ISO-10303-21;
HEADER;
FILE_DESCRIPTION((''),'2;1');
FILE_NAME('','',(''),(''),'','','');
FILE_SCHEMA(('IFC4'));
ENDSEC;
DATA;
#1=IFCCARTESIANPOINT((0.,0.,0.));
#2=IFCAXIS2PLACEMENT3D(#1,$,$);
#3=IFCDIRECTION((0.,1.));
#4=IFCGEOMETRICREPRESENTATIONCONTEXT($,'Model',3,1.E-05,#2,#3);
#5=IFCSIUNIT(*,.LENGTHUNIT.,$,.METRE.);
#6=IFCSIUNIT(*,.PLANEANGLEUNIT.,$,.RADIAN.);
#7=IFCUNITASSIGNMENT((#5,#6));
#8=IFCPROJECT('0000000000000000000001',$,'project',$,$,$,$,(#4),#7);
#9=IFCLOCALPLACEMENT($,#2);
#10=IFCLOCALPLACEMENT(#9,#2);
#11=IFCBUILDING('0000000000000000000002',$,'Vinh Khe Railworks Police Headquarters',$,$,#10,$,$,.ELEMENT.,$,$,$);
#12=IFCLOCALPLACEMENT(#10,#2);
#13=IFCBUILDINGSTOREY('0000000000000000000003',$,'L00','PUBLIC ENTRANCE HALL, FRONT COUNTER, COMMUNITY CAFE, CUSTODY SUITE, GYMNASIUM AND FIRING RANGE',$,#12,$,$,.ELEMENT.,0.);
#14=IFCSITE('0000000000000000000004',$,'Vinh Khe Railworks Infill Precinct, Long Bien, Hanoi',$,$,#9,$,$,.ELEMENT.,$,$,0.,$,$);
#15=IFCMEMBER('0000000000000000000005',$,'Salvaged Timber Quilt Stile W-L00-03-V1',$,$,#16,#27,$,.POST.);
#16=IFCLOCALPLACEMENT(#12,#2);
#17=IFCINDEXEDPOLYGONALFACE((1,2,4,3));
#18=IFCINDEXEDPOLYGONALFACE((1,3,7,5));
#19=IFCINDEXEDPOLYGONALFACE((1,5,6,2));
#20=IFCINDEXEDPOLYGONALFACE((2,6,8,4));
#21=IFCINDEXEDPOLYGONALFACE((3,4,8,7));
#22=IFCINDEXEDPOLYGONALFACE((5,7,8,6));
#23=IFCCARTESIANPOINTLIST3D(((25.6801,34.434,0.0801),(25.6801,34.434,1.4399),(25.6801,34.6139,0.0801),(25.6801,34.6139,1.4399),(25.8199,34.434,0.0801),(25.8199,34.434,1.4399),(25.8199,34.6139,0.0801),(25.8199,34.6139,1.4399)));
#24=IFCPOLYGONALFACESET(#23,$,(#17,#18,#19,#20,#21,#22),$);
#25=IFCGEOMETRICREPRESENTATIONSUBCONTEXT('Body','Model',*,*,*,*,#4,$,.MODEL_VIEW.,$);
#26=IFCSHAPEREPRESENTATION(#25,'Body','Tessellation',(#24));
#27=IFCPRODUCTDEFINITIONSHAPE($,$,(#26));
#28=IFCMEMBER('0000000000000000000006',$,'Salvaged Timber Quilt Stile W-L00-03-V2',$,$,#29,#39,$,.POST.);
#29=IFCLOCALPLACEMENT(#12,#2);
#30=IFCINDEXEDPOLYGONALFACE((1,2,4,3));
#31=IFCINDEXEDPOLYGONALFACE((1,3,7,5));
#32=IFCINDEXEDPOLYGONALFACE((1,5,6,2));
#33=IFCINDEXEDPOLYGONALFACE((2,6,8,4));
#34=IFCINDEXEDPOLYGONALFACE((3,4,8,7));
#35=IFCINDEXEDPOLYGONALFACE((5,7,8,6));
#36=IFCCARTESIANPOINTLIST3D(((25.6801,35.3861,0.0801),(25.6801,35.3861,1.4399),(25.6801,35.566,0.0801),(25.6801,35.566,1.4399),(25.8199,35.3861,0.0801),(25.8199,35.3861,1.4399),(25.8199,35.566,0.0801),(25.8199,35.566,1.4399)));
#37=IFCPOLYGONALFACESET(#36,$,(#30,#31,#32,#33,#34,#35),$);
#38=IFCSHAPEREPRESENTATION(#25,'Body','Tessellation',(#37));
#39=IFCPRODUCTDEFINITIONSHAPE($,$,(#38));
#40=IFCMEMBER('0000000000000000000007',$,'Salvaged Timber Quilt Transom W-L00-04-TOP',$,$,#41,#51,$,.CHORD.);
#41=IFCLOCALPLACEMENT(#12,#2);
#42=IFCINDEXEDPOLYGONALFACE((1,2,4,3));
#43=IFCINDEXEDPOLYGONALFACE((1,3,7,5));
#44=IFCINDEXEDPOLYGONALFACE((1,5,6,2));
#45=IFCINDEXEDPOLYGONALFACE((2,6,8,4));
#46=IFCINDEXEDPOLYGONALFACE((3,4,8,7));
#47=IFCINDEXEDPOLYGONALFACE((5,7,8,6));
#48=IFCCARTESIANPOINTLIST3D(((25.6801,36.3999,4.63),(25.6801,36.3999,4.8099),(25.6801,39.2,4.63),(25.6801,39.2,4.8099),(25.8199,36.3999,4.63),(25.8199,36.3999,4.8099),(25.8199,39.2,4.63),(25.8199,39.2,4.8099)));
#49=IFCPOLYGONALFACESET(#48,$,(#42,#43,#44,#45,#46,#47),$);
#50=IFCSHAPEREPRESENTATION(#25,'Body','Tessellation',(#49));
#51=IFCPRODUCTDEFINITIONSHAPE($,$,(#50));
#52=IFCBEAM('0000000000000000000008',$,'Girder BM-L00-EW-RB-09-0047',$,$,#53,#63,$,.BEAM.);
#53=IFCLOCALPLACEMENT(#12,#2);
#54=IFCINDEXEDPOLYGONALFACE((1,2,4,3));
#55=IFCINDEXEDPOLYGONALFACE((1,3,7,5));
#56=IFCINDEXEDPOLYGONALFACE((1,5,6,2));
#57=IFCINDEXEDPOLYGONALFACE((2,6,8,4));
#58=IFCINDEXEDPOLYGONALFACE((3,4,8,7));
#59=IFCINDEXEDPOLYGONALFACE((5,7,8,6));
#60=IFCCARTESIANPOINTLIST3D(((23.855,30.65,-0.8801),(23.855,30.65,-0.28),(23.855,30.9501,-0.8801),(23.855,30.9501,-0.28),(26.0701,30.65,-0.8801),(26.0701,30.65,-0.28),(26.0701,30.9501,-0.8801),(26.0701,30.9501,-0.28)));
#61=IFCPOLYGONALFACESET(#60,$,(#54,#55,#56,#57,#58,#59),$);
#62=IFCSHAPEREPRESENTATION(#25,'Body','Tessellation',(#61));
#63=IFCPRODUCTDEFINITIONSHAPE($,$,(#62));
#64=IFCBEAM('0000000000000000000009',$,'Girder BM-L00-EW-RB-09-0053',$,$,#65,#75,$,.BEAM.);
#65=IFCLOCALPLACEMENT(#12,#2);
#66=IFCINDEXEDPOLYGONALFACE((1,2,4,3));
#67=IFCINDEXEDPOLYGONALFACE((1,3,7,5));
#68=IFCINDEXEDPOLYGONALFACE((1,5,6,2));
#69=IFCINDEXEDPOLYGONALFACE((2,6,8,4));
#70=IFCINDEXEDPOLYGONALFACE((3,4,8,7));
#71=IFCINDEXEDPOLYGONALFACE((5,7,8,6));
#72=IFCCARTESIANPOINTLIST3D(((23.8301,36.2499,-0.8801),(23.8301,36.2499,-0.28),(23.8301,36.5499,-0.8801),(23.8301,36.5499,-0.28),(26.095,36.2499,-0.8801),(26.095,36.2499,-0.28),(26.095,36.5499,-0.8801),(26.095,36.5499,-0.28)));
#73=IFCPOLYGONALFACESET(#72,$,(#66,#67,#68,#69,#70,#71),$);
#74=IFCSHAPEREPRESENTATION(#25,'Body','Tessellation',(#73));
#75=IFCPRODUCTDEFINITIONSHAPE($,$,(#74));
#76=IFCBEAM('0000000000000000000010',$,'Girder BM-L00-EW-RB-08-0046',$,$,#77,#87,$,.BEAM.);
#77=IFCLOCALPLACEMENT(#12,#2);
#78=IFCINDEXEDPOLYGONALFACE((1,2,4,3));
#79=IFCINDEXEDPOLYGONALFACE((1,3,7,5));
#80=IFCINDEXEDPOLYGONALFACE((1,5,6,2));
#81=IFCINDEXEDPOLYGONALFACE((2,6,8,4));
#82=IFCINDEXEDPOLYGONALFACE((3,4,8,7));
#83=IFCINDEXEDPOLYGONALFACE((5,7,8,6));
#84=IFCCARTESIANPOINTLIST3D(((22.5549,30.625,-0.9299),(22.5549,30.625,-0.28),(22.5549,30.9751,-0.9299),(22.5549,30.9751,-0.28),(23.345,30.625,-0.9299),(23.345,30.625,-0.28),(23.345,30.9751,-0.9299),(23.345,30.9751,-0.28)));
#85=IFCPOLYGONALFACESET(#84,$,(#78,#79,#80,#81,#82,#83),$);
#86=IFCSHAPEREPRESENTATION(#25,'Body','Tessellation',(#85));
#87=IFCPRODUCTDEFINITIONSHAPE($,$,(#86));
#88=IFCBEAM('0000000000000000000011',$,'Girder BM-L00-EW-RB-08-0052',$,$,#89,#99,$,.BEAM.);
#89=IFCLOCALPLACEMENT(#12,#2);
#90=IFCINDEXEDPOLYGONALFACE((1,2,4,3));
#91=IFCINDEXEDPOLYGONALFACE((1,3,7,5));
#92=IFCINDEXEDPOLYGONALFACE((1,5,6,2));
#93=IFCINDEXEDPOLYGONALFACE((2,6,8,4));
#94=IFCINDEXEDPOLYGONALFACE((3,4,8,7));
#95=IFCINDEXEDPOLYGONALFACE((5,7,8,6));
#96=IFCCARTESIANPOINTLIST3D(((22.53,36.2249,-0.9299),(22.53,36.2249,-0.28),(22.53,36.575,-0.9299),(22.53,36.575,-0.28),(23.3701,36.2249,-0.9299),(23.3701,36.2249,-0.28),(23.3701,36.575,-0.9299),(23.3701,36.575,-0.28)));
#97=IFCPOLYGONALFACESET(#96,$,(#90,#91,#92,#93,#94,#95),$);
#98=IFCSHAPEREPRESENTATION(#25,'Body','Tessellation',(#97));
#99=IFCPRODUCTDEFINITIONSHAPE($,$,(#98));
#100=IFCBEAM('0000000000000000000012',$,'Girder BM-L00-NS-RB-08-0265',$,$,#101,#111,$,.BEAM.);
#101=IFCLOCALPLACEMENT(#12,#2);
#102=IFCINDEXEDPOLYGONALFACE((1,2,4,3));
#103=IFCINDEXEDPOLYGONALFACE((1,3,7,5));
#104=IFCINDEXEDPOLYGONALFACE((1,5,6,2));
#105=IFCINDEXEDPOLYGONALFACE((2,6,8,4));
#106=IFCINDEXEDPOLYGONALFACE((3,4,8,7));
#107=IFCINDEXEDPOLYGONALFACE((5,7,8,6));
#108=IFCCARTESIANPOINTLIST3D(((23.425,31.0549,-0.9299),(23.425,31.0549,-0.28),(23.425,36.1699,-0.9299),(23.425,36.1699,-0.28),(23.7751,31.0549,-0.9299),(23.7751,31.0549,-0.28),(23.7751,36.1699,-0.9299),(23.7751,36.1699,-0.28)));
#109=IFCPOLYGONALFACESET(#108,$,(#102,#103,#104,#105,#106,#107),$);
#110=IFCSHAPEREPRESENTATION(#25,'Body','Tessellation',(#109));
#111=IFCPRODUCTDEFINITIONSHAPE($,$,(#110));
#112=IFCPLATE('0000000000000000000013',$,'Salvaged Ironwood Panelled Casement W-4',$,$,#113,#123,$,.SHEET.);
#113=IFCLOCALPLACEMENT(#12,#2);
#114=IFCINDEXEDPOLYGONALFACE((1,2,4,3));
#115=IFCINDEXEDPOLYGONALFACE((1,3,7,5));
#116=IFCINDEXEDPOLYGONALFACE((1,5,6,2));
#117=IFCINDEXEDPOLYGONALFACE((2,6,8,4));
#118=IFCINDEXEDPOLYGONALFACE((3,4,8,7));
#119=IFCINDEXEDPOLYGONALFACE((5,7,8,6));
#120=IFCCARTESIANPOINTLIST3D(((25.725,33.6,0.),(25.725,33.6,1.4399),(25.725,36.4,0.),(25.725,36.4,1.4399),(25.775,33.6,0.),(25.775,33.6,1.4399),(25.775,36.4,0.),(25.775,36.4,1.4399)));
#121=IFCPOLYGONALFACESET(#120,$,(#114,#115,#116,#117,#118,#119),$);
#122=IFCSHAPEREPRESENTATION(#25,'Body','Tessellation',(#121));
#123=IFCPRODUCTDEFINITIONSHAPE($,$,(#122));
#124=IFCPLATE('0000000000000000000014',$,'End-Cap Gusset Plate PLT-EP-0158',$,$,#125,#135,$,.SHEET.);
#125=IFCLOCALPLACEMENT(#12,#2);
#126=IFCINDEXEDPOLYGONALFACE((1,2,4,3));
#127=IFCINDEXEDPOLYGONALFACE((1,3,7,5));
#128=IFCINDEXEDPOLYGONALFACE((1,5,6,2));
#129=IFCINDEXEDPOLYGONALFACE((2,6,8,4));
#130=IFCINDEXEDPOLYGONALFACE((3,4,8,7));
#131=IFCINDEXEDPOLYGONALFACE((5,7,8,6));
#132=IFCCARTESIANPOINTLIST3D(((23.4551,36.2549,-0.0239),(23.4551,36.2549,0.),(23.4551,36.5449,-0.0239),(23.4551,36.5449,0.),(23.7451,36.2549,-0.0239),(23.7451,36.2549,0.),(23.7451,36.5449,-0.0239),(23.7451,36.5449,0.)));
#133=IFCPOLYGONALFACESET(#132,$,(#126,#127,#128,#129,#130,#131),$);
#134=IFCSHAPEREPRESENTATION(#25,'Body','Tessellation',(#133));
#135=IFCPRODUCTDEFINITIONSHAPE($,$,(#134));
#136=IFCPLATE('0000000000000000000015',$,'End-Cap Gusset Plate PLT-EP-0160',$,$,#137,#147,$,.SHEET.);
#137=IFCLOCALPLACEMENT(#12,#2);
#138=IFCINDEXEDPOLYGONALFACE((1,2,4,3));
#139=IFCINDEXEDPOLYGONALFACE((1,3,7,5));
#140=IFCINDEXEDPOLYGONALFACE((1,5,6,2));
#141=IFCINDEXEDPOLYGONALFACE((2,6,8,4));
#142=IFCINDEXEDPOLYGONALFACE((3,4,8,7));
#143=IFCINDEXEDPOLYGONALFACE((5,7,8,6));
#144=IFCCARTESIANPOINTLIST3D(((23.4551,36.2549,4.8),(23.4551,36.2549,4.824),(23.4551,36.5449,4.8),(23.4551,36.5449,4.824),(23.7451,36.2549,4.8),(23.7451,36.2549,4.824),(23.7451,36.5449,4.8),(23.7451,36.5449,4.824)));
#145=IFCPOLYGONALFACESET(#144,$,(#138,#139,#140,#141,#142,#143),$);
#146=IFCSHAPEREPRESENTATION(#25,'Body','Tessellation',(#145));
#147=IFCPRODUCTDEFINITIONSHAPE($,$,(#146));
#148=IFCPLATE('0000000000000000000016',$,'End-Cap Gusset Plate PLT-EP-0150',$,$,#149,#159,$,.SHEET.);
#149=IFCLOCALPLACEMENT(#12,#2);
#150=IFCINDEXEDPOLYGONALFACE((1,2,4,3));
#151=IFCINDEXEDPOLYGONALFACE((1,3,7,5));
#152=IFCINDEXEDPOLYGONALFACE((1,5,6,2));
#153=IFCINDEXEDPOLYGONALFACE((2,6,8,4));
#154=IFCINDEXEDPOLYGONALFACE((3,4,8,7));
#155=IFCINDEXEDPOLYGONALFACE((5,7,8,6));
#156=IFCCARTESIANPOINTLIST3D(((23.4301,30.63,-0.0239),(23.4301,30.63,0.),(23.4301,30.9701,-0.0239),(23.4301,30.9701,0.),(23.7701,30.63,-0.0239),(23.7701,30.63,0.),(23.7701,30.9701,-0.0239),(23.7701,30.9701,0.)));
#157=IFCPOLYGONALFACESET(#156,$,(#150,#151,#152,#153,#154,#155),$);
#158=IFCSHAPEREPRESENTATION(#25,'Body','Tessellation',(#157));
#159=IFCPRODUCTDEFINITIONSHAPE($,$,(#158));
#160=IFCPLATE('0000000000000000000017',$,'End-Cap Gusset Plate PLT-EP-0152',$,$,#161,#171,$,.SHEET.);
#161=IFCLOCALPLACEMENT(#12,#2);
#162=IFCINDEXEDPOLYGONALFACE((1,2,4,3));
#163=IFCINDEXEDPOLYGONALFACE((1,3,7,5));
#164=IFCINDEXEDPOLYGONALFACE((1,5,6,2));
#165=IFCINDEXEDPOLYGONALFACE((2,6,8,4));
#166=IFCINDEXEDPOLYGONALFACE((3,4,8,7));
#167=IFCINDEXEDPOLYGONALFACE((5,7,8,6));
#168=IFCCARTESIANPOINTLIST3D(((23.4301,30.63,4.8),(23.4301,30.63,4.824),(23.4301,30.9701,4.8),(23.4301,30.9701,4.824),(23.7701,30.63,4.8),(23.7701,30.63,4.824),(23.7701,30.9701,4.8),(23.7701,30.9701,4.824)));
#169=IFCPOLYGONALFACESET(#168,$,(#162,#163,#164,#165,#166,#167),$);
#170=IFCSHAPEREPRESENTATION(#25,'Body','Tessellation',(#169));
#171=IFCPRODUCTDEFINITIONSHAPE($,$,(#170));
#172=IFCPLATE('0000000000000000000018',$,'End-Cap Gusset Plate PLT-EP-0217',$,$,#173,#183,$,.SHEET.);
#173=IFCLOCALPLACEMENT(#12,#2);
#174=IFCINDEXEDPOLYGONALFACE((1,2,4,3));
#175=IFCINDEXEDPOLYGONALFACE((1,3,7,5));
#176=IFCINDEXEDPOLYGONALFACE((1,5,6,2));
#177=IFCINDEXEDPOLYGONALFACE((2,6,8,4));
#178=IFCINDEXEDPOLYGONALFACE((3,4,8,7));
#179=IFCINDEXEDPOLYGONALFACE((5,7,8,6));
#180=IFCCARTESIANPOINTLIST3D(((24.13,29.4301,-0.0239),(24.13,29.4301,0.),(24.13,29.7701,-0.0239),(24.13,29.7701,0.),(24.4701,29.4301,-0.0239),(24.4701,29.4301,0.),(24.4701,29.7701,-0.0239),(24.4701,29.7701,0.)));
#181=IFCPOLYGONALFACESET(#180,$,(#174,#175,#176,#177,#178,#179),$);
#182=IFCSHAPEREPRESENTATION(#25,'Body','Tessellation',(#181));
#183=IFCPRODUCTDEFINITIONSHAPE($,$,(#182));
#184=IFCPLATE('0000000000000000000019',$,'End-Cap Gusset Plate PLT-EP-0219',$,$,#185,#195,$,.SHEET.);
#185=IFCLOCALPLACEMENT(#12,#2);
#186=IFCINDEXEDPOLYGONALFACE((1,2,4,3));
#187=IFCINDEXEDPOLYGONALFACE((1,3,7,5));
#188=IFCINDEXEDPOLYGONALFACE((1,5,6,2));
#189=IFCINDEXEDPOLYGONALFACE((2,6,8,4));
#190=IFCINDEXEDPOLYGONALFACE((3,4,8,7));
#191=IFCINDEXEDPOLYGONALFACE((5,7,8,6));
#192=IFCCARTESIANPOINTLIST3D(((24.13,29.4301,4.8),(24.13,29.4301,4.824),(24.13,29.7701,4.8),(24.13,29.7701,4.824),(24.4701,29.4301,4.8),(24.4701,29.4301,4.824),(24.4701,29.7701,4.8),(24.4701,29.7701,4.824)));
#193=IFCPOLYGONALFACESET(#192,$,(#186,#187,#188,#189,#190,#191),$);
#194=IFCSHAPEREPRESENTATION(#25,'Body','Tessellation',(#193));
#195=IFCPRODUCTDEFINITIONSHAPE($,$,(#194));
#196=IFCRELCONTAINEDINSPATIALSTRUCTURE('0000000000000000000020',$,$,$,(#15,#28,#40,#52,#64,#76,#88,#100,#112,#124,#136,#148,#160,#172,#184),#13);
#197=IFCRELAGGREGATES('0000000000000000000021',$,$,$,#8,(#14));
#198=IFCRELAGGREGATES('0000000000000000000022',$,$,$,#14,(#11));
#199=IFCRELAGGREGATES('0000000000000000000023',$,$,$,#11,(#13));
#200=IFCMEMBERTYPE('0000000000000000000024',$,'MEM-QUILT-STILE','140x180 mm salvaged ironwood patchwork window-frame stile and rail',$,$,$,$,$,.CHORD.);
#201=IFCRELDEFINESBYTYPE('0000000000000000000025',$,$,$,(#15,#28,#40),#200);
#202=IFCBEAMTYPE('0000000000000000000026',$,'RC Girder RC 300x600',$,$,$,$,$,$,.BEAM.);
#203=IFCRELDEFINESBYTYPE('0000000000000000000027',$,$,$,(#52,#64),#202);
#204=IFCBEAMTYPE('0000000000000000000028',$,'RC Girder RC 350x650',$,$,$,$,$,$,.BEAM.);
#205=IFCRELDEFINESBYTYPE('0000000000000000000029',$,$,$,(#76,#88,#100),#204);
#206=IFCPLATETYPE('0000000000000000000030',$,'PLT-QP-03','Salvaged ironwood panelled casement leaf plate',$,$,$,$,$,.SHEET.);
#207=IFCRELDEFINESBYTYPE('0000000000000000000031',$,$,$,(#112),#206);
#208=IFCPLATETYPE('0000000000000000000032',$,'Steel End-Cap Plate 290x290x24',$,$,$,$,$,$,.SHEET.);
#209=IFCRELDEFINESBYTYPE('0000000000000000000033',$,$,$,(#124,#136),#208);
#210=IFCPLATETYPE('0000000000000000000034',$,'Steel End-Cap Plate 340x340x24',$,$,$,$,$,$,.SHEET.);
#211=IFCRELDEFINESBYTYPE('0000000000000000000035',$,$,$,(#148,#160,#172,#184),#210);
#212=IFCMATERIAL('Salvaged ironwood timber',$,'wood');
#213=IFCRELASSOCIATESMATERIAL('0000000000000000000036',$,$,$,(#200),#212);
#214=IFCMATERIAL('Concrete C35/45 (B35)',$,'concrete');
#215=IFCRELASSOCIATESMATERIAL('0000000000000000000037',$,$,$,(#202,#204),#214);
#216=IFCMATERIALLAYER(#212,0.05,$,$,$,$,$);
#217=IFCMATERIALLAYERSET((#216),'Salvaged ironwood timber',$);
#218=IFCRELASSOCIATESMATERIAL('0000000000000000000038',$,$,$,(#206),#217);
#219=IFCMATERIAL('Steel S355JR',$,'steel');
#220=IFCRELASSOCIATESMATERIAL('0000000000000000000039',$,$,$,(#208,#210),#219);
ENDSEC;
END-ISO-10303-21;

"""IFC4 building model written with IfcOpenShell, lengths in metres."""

from ifc_helpers import new_model, si_unit, direction, frame, origin, origin_2d, place, context, subcontext, project, spatial, rectangle, extrude, material, layer, layer_set, material_profile, profile_set, type_object, element, save


model = new_model("IFC4")

# Units and contexts
model_context = context("Model", 3, precision=1e-05, world=origin(), true_north=direction((0.0, 1.0)))
body_context = subcontext(model_context, "Body", "Model", "MODEL_VIEW")
ifc_project = project(units=[si_unit("LENGTHUNIT", "METRE"), si_unit("PLANEANGLEUNIT", "RADIAN")], contexts=[model_context])

# Site, building, storey
site_placement = place(None, origin())
site = spatial("IfcSite", under=ifc_project, at=site_placement, Name="Vinh Khe Railworks Infill Precinct, Long Bien, Hanoi", CompositionType="ELEMENT", RefElevation=0.0)
building_placement = place(site_placement, origin())
building = spatial("IfcBuilding", under=site, at=building_placement, Name="Vinh Khe Railworks Police Headquarters", CompositionType="ELEMENT")
storey_placement = place(building_placement, origin())
storey = spatial("IfcBuildingStorey", under=building, at=storey_placement, Name="L00", Description="PUBLIC ENTRANCE HALL, FRONT COUNTER, COMMUNITY CAFE, CUSTODY SUITE, GYMNASIUM AND FIRING RANGE", CompositionType="ELEMENT", Elevation=0.0)

# Shared definitions
ifc_material_1 = material(Name="Steel S355JR", Category="steel")

# Members
ifc_material_2 = material(Name="Salvaged ironwood timber", Category="wood")
ifc_material_profile_1 = material_profile(ifc_material_2, rectangle(XDim=0.1399, YDim=0.1799, at=origin_2d()), Name="TIMBER 140x180")
ifc_profile_set_1 = profile_set([ifc_material_profile_1], Name="Salvaged ironwood timber")
member_type = type_object("IfcMemberType", Name="MEM-QUILT-STILE", Description="140x180 mm salvaged ironwood patchwork window-frame stile and rail", PredefinedType="CHORD", material=ifc_profile_set_1)
for number, where, z_axis, x_axis, name in (
    (1, (25.75, 34.5239, 0.0801), (0.0, 0.0, 1.0), (1.0, 0.0, 0.0), "Salvaged Timber Quilt Stile W-L00-03-V1"),
    (2, (25.75, 35.4761, 0.0801), (0.0, 0.0, 1.0), (1.0, 0.0, 0.0), "Salvaged Timber Quilt Stile W-L00-03-V2"),
):
    element("IfcMember", number, at=place(storey_placement, frame(where, z_axis=z_axis, x_axis=x_axis)), inside=storey, type_object=member_type, Name=name, PredefinedType="POST", context=body_context, shape_type="SweptSolid", body=[
        extrude(rectangle(XDim=0.1399, YDim=0.1799, at=origin_2d()), origin(), (0.0, 0.0, 1.0), 1.3599),
    ])
member_1_placement = place(storey_placement, frame((25.75, 36.3999, 4.72), z_axis=(0.0, 1.0, 0.0), x_axis=(-1.0, 0.0, 0.0)))
element("IfcMember", 3, at=member_1_placement, inside=storey, type_object=member_type, Name="Salvaged Timber Quilt Transom W-L00-04-TOP", PredefinedType="CHORD", context=body_context, shape_type="SweptSolid", body=[
    extrude(rectangle(XDim=0.1399, YDim=0.1799, at=origin_2d()), origin(), (0.0, 0.0, 1.0), 2.8),
])

# Beams
ifc_material_3 = material(Name="Concrete C35/45 (B35)", Category="concrete")
ifc_material_profile_2 = material_profile(ifc_material_3, rectangle(XDim=0.3, YDim=0.6001, at=origin_2d()), Name="RC 300x600")
ifc_profile_set_2 = profile_set([ifc_material_profile_2], Name="Concrete C35/45 (B35)")
beam_type_1 = type_object("IfcBeamType", Name="RC Girder RC 300x600", PredefinedType="BEAM", material=ifc_profile_set_2)
beam_1_placement = place(storey_placement, frame((23.855, 30.8, -0.5801), z_axis=(1.0, 0.0, 0.0), x_axis=(0.0, 1.0, 0.0)))
element("IfcBeam", 4, at=beam_1_placement, inside=storey, type_object=beam_type_1, Name="Girder BM-L00-EW-RB-09-0047", PredefinedType="BEAM", context=body_context, shape_type="SweptSolid", body=[
    extrude(rectangle(XDim=0.3, YDim=0.6001, at=origin_2d()), origin(), (0.0, 0.0, 1.0), 2.2151),
])
beam_2_placement = place(storey_placement, frame((23.8301, 36.3999, -0.5801), z_axis=(1.0, 0.0, 0.0), x_axis=(0.0, 1.0, 0.0)))
element("IfcBeam", 5, at=beam_2_placement, inside=storey, type_object=beam_type_1, Name="Girder BM-L00-EW-RB-09-0053", PredefinedType="BEAM", context=body_context, shape_type="SweptSolid", body=[
    extrude(rectangle(XDim=0.3, YDim=0.6001, at=origin_2d()), origin(), (0.0, 0.0, 1.0), 2.2649),
])
ifc_material_profile_3 = material_profile(ifc_material_3, rectangle(XDim=0.3501, YDim=0.6499, at=origin_2d()), Name="RC 350x650")
ifc_profile_set_3 = profile_set([ifc_material_profile_3], Name="Concrete C35/45 (B35)")
beam_type_2 = type_object("IfcBeamType", Name="RC Girder RC 350x650", PredefinedType="BEAM", material=ifc_profile_set_3)
beam_3_placement = place(storey_placement, frame((22.5549, 30.8, -0.605), z_axis=(1.0, 0.0, 0.0), x_axis=(0.0, 1.0, 0.0)))
element("IfcBeam", 6, at=beam_3_placement, inside=storey, type_object=beam_type_2, Name="Girder BM-L00-EW-RB-08-0046", PredefinedType="BEAM", context=body_context, shape_type="SweptSolid", body=[
    extrude(rectangle(XDim=0.3501, YDim=0.6499, at=origin_2d()), origin(), (0.0, 0.0, 1.0), 0.79),
])
beam_4_placement = place(storey_placement, frame((22.53, 36.3999, -0.605), z_axis=(1.0, 0.0, 0.0), x_axis=(0.0, 1.0, 0.0)))
element("IfcBeam", 7, at=beam_4_placement, inside=storey, type_object=beam_type_2, Name="Girder BM-L00-EW-RB-08-0052", PredefinedType="BEAM", context=body_context, shape_type="SweptSolid", body=[
    extrude(rectangle(XDim=0.3501, YDim=0.6499, at=origin_2d()), origin(), (0.0, 0.0, 1.0), 0.8401),
])
beam_5_placement = place(storey_placement, frame((23.6001, 31.0549, -0.605), z_axis=(0.0, 1.0, 0.0), x_axis=(-1.0, 0.0, 0.0)))
element("IfcBeam", 8, at=beam_5_placement, inside=storey, type_object=beam_type_2, Name="Girder BM-L00-NS-RB-08-0265", PredefinedType="BEAM", context=body_context, shape_type="SweptSolid", body=[
    extrude(rectangle(XDim=0.3501, YDim=0.6499, at=origin_2d()), origin(), (0.0, 0.0, 1.0), 5.115),
])

# Plates
ifc_layer = layer(ifc_material_2, 0.05)
ifc_layer_set = layer_set([ifc_layer], Name="Salvaged ironwood timber")
plate_type_1 = type_object("IfcPlateType", Name="PLT-QP-03", Description="Salvaged ironwood panelled casement leaf plate", PredefinedType="SHEET", material=ifc_layer_set)
plate_placement = place(storey_placement, frame((25.75, 35.0, 0.0), z_axis=(0.0, 0.0, 1.0), x_axis=(0.0, 1.0, 0.0)))
element("IfcPlate", 9, at=plate_placement, inside=storey, type_object=plate_type_1, Name="Salvaged Ironwood Panelled Casement W-4", PredefinedType="SHEET", context=body_context, shape_type="SweptSolid", body=[
    extrude(rectangle(XDim=2.8, YDim=0.05, at=origin_2d()), origin(), (0.0, 0.0, 1.0), 1.4399),
])
ifc_material_profile_4 = material_profile(ifc_material_1, rectangle(XDim=0.29, YDim=0.29, at=origin_2d()), Name="PL 290x290")
ifc_profile_set_4 = profile_set([ifc_material_profile_4], Name="Steel S355JR")
plate_type_2 = type_object("IfcPlateType", Name="Steel End-Cap Plate 290x290x24", PredefinedType="SHEET", material=ifc_profile_set_4)
for number, where, z_axis, x_axis, name in (
    (10, (23.6001, 36.3999, 0.0), (0.0, 0.0, -1.0), (1.0, 0.0, 0.0), "End-Cap Gusset Plate PLT-EP-0158"),
    (11, (23.6001, 36.3999, 4.8), (0.0, 0.0, 1.0), (1.0, 0.0, 0.0), "End-Cap Gusset Plate PLT-EP-0160"),
):
    element("IfcPlate", number, at=place(storey_placement, frame(where, z_axis=z_axis, x_axis=x_axis)), inside=storey, type_object=plate_type_2, Name=name, PredefinedType="SHEET", context=body_context, shape_type="SweptSolid", body=[
        extrude(rectangle(XDim=0.29, YDim=0.29, at=origin_2d()), origin(), (0.0, 0.0, 1.0), 0.0239),
    ])
ifc_material_profile_5 = material_profile(ifc_material_1, rectangle(XDim=0.3401, YDim=0.3401, at=origin_2d()), Name="PL 340x340")
ifc_profile_set_5 = profile_set([ifc_material_profile_5], Name="Steel S355JR")
plate_type_3 = type_object("IfcPlateType", Name="Steel End-Cap Plate 340x340x24", PredefinedType="SHEET", material=ifc_profile_set_5)
for number, where, z_axis, x_axis, name in (
    (12, (23.6001, 30.8, 0.0), (0.0, 0.0, -1.0), (1.0, 0.0, 0.0), "End-Cap Gusset Plate PLT-EP-0150"),
    (13, (23.6001, 30.8, 4.8), (0.0, 0.0, 1.0), (1.0, 0.0, 0.0), "End-Cap Gusset Plate PLT-EP-0152"),
    (14, (24.3, 29.6001, 0.0), (0.0, 0.0, -1.0), (1.0, 0.0, 0.0), "End-Cap Gusset Plate PLT-EP-0217"),
    (15, (24.3, 29.6001, 4.8), (0.0, 0.0, 1.0), (1.0, 0.0, 0.0), "End-Cap Gusset Plate PLT-EP-0219"),
):
    element("IfcPlate", number, at=place(storey_placement, frame(where, z_axis=z_axis, x_axis=x_axis)), inside=storey, type_object=plate_type_3, Name=name, PredefinedType="SHEET", context=body_context, shape_type="SweptSolid", body=[
        extrude(rectangle(XDim=0.3401, YDim=0.3401, at=origin_2d()), origin(), (0.0, 0.0, 1.0), 0.0239),
    ])

save(model, "model.ifc")
